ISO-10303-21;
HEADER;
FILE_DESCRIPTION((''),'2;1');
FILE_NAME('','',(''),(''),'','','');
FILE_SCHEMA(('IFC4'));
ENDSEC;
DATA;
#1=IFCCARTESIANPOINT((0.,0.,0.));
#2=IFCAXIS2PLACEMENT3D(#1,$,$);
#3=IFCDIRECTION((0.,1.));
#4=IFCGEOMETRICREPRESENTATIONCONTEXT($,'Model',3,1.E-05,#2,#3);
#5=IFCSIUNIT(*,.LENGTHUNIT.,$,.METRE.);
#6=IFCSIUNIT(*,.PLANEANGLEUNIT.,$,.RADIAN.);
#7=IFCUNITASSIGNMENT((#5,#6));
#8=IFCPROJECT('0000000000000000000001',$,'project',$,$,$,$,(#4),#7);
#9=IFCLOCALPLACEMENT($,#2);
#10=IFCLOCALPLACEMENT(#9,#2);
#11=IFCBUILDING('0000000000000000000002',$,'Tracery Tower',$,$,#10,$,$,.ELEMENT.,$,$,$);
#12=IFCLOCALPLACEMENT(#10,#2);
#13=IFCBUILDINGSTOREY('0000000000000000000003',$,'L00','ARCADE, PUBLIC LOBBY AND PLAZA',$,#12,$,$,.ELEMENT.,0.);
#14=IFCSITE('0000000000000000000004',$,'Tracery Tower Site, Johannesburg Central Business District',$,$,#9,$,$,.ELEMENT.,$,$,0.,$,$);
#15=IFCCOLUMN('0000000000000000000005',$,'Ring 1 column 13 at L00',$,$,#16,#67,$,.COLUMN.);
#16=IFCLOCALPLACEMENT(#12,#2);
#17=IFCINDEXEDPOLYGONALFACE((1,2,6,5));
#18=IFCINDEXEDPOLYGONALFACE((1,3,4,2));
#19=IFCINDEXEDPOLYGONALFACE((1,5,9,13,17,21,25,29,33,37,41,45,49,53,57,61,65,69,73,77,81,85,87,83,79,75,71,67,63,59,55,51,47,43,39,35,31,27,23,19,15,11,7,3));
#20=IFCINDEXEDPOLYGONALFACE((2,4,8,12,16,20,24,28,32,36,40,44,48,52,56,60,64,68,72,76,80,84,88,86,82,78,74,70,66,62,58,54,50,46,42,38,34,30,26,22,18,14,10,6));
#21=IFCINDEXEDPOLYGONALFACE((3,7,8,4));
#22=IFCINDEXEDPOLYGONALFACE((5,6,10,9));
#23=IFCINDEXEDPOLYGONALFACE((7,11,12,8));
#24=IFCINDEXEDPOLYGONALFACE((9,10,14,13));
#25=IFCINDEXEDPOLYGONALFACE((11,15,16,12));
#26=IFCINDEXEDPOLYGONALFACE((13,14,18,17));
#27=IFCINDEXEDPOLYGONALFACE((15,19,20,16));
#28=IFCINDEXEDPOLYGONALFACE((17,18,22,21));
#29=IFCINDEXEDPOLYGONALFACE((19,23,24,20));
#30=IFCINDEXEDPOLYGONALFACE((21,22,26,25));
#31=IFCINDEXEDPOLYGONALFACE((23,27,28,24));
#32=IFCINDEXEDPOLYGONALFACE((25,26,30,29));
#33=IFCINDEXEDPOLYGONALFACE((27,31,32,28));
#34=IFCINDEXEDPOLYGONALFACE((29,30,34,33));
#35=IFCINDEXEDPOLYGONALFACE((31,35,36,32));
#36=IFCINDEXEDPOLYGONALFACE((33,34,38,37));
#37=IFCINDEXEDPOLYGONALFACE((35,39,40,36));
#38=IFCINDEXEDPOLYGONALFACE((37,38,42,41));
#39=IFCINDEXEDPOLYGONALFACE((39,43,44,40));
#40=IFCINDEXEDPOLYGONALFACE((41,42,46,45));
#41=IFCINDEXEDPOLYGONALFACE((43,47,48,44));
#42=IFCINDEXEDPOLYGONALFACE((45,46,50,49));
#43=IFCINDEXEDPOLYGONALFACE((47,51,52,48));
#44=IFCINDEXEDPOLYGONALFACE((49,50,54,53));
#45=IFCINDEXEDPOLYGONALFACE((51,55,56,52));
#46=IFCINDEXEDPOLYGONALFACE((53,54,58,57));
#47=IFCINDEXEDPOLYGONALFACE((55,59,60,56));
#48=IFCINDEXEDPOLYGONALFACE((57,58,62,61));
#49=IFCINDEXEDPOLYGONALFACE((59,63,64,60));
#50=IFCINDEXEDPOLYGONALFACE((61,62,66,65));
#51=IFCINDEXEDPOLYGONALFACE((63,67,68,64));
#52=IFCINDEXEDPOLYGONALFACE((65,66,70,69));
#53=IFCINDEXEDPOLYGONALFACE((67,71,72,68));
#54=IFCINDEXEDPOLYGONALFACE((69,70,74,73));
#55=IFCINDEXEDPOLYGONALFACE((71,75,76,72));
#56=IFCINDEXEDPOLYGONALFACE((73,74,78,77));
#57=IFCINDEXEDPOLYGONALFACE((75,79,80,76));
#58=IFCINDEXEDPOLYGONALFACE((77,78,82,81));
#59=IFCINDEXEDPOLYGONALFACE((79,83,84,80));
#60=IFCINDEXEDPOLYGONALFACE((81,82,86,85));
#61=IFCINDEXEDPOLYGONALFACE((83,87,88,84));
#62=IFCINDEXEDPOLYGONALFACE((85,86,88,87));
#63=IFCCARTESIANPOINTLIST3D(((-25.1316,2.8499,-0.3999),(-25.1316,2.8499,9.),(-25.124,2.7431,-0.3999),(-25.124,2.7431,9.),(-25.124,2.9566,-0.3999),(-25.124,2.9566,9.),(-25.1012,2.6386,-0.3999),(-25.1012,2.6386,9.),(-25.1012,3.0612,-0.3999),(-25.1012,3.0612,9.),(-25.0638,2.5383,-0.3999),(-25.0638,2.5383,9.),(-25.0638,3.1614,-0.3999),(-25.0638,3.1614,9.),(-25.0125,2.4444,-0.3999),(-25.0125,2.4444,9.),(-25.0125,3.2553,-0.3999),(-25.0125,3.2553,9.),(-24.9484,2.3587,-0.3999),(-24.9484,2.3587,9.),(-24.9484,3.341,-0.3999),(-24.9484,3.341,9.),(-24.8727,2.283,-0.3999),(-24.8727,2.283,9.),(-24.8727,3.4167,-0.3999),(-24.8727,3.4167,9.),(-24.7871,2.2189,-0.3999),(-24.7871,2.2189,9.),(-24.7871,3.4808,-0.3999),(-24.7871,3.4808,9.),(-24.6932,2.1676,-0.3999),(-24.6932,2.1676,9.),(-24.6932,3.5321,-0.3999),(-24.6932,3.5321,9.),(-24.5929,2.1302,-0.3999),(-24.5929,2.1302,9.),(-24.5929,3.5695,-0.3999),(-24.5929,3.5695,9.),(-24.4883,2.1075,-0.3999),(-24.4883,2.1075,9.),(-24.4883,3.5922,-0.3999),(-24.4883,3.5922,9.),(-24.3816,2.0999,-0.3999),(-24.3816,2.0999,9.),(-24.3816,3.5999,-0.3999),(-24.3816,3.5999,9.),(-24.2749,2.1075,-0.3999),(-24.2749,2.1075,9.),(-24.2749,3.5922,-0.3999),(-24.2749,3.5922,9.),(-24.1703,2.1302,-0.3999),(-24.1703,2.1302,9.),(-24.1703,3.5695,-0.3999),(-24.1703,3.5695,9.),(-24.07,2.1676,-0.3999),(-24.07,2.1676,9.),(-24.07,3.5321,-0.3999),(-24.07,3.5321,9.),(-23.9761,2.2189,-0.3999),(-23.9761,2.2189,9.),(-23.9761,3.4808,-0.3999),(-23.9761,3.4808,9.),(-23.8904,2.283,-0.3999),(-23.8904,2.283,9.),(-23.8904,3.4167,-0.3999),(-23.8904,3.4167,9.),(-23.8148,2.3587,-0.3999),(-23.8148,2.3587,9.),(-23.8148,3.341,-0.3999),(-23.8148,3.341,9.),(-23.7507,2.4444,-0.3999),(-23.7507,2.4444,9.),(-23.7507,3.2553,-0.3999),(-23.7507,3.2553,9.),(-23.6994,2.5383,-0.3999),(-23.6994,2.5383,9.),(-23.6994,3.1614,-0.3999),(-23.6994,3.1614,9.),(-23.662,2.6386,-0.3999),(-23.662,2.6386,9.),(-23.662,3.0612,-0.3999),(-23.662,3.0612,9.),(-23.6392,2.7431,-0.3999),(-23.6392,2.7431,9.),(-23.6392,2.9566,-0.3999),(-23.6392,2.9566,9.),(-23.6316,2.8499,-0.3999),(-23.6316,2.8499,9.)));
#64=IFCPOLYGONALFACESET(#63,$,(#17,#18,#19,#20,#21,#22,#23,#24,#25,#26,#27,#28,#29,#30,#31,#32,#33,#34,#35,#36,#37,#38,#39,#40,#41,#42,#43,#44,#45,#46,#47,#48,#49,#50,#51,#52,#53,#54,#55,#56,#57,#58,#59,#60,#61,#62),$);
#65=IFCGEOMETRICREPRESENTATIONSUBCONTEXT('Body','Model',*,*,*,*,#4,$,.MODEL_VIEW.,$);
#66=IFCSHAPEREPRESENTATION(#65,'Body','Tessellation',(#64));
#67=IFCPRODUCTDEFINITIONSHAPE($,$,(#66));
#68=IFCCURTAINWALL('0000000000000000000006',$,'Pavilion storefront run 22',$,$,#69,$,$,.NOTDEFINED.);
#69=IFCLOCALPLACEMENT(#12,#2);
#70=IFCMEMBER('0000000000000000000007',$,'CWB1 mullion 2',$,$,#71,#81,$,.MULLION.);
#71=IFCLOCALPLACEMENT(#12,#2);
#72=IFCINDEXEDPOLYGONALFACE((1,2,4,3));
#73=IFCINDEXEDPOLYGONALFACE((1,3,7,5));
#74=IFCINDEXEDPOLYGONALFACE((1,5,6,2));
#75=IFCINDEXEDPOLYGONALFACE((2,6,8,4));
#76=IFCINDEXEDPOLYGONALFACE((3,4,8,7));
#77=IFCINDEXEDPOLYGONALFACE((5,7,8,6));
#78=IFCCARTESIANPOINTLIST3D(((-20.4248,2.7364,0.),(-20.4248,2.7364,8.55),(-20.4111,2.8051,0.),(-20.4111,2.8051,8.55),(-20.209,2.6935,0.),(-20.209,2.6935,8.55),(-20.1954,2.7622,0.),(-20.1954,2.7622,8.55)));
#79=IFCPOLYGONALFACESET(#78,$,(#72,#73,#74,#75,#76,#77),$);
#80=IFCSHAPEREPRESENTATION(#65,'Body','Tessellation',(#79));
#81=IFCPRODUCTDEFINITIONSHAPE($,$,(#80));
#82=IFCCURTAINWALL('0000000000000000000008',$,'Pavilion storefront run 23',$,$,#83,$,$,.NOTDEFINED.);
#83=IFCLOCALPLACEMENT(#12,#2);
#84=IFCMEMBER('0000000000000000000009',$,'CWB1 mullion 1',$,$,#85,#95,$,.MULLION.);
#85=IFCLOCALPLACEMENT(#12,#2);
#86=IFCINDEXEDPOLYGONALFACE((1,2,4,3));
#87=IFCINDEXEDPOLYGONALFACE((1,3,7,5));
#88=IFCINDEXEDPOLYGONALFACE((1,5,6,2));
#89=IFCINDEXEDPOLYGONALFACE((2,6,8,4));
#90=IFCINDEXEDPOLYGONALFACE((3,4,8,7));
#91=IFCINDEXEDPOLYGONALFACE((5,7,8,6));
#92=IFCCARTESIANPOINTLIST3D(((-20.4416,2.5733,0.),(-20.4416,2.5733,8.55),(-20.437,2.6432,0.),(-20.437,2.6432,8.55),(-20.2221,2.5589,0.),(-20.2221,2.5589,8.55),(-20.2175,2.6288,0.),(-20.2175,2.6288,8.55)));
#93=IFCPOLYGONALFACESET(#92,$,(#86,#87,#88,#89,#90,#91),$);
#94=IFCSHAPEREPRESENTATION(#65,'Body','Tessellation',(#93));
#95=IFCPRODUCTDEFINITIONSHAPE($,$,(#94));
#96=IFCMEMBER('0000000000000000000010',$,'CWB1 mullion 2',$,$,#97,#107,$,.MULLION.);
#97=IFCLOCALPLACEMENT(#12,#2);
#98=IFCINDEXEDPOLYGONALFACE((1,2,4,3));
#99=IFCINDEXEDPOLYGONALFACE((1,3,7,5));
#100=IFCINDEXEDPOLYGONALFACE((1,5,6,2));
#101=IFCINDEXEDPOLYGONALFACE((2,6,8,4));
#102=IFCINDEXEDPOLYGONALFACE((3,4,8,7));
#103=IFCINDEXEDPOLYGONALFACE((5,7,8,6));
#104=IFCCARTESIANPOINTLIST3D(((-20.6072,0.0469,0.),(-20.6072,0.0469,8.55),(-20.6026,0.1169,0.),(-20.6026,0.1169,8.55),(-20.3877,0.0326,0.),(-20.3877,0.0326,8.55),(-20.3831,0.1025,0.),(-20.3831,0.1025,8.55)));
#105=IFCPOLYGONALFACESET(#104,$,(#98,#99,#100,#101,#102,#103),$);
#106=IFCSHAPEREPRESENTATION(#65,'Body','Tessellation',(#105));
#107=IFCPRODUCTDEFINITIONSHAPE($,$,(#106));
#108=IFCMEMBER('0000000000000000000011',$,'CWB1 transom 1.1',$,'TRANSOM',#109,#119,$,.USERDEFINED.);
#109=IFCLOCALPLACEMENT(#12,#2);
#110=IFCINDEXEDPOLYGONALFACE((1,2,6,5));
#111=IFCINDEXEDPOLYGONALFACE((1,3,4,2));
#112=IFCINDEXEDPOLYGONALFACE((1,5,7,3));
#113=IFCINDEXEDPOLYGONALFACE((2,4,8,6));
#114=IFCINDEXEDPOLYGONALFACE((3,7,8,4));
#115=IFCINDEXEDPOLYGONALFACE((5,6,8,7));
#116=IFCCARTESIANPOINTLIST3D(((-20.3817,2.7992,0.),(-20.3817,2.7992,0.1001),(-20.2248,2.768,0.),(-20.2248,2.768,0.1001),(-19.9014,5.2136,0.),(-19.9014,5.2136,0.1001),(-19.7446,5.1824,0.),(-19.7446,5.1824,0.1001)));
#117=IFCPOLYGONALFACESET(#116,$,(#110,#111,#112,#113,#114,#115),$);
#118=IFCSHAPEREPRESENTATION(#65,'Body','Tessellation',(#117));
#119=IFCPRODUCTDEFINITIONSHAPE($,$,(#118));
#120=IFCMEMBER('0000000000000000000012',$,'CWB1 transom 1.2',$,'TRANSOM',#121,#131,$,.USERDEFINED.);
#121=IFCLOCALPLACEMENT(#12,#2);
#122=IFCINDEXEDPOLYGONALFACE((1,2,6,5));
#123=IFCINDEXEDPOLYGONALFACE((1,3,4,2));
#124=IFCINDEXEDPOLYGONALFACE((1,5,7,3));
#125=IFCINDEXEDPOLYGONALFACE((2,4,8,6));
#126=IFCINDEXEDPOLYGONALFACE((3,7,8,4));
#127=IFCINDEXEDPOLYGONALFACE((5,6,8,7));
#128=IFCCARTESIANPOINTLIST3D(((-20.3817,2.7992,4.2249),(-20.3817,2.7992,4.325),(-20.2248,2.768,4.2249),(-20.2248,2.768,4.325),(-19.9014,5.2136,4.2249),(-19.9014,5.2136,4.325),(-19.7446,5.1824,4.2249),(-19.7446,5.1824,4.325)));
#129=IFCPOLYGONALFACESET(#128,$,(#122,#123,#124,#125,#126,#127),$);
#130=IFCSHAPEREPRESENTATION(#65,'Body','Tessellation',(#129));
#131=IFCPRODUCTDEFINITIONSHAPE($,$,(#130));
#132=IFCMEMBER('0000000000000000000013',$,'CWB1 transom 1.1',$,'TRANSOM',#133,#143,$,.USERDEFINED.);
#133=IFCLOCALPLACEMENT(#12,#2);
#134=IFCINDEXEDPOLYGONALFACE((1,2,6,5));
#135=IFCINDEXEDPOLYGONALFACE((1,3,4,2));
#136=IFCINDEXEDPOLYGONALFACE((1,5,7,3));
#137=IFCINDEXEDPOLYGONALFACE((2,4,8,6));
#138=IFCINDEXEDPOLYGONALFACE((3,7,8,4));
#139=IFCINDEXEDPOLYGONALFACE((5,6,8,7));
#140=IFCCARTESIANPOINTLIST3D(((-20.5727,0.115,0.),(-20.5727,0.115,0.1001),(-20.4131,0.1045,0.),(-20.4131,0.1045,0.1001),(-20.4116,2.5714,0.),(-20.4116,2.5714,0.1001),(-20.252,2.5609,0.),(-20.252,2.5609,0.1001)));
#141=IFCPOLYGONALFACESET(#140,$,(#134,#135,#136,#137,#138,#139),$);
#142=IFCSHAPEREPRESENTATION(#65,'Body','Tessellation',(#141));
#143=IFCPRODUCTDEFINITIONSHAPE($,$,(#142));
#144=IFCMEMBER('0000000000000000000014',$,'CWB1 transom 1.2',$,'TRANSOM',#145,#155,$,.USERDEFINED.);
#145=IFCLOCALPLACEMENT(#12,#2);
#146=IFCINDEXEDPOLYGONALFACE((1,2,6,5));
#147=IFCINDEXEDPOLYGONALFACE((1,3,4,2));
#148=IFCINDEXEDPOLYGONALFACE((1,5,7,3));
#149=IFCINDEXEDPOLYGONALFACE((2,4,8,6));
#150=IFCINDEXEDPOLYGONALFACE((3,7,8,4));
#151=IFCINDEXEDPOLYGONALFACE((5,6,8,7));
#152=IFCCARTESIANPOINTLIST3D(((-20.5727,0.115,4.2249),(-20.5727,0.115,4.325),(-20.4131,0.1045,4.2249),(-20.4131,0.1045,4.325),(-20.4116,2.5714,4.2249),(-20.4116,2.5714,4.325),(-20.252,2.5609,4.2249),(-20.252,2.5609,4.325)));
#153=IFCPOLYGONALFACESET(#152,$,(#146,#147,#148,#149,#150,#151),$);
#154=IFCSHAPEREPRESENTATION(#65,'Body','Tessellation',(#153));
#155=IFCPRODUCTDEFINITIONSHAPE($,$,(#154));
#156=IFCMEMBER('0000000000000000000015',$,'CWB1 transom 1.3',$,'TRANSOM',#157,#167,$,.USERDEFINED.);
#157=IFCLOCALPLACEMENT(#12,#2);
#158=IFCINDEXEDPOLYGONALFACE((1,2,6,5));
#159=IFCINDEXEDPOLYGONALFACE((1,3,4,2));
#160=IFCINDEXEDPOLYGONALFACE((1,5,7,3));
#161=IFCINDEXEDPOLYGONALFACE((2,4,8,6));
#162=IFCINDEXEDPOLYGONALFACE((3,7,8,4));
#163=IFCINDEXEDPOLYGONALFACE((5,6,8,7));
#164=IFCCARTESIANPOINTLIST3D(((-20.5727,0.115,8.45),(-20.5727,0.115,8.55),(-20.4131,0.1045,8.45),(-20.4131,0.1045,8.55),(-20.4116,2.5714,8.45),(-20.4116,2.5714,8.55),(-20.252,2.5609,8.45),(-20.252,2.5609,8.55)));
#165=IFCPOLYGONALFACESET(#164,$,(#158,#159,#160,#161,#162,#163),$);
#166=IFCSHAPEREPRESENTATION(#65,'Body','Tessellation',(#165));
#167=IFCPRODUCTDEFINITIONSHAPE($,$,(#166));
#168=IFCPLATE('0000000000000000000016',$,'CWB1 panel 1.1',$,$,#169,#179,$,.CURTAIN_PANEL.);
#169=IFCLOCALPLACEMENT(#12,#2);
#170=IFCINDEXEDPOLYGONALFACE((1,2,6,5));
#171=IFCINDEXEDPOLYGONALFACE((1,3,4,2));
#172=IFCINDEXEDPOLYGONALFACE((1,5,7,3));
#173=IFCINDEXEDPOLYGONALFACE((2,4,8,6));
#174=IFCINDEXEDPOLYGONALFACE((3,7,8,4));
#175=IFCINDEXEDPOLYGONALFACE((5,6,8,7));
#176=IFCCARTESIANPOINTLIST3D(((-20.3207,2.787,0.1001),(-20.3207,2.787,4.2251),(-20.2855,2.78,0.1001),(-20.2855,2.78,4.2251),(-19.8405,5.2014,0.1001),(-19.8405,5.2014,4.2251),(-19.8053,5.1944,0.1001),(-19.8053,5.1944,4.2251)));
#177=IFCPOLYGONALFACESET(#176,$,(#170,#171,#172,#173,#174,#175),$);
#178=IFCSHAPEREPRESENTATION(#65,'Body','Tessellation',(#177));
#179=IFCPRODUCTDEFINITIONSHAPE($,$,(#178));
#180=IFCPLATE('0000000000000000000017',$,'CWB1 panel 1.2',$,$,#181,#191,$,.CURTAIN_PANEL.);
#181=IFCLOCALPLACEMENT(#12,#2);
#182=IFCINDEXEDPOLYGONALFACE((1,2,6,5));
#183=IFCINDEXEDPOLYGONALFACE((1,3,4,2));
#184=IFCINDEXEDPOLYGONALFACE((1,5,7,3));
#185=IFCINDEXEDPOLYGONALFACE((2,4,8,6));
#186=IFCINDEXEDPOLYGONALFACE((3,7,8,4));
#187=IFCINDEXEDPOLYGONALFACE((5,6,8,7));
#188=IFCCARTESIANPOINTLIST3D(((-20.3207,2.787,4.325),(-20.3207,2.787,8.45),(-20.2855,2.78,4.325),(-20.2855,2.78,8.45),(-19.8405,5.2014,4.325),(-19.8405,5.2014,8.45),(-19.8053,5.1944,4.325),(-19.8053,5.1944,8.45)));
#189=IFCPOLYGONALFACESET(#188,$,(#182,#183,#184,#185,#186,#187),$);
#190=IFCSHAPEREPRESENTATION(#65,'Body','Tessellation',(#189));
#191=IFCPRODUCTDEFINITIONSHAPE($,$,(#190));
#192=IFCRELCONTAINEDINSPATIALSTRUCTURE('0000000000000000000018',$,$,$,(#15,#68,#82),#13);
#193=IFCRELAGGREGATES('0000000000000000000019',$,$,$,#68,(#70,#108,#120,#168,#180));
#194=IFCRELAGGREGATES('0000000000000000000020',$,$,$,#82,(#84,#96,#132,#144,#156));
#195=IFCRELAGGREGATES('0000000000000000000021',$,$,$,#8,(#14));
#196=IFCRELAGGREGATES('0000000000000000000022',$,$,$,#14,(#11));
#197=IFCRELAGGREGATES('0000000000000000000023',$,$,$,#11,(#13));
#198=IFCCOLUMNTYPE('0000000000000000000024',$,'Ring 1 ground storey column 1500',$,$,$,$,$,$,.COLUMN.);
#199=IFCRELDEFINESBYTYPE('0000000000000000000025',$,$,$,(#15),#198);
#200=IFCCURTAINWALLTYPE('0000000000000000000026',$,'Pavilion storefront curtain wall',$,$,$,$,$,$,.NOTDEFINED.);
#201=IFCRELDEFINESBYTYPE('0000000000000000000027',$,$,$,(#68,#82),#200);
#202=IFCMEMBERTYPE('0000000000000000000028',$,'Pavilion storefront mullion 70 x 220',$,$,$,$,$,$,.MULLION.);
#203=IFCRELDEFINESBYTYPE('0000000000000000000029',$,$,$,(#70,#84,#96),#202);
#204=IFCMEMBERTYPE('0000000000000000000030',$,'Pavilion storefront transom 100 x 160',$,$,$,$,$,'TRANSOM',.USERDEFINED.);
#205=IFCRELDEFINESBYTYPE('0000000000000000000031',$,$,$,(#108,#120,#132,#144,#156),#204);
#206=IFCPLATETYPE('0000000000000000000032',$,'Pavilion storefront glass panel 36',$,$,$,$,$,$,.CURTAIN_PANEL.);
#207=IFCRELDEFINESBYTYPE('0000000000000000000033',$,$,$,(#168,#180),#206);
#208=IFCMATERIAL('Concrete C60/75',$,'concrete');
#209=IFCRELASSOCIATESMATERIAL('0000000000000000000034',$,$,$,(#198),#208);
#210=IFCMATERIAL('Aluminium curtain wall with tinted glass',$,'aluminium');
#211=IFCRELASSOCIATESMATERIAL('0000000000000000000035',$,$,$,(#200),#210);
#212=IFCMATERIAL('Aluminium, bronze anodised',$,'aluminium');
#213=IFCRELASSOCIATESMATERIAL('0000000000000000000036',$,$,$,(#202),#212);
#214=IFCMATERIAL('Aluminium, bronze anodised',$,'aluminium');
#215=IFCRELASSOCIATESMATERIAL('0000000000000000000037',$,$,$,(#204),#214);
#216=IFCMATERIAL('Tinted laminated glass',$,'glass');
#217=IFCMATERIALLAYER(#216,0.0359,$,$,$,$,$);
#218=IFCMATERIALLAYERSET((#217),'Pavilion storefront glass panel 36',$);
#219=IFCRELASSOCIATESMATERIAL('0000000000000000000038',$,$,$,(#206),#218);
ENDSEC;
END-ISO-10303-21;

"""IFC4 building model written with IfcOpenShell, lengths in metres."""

from ifc_helpers import new_model, si_unit, direction, frame, origin, origin_2d, place, context, subcontext, project, spatial, rectangle, circle, extrude, material, layer, layer_set, material_profile, profile_set, type_object, element, aggregate, save


model = new_model("IFC4")

# Units and contexts
model_context = context("Model", 3, precision=1e-05, world=origin(), true_north=direction((0.0, 1.0)))
body_context = subcontext(model_context, "Body", "Model", "MODEL_VIEW")
ifc_project = project(units=[si_unit("LENGTHUNIT", "METRE"), si_unit("PLANEANGLEUNIT", "RADIAN")], contexts=[model_context])

# Site, building, storey
site_placement = place(None, origin())
site = spatial("IfcSite", under=ifc_project, at=site_placement, Name="Tracery Tower Site, Johannesburg Central Business District", CompositionType="ELEMENT", RefElevation=0.0)
building_placement = place(site_placement, origin())
building = spatial("IfcBuilding", under=site, at=building_placement, Name="Tracery Tower", CompositionType="ELEMENT")
storey_placement = place(building_placement, origin())
storey = spatial("IfcBuildingStorey", under=building, at=storey_placement, Name="L00", Description="ARCADE, PUBLIC LOBBY AND PLAZA", CompositionType="ELEMENT", Elevation=0.0)

# Column
ifc_material_1 = material(Name="Concrete C60/75", Category="concrete")
ifc_material_profile_1 = material_profile(ifc_material_1, circle(Radius=0.75, at=origin_2d()), Name="RC D1500")
ifc_profile_set_1 = profile_set([ifc_material_profile_1], Name="Concrete C60/75")
column_type_1 = type_object("IfcColumnType", Name="Ring 1 ground storey column 1500", PredefinedType="COLUMN", material=ifc_profile_set_1)
for number, where, z_axis, x_axis, name in (
    (1, (-24.3816, 2.8499, -0.3999), (0.0, 0.0, 1.0), (1.0, 0.0, 0.0), "Ring 1 column 13 at L00"),
):
    element("IfcColumn", number, at=place(storey_placement, frame(where, z_axis=z_axis, x_axis=x_axis)), inside=storey, type_object=column_type_1, Name=name, PredefinedType="COLUMN", context=body_context, shape_type="SweptSolid", body=[
        extrude(circle(Radius=0.75, at=origin_2d()), origin(), (0.0, 0.0, 1.0), 9.3999),
    ])

# Curtain wall, member
ifc_material_2 = material(Name="Aluminium curtain wall with tinted glass", Category="aluminium")
curtain_wall_type = type_object("IfcCurtainWallType", Name="Pavilion storefront curtain wall", PredefinedType="NOTDEFINED", material=ifc_material_2)
curtain_wall_1_placement = place(storey_placement, origin())
curtain_wall_1 = element("IfcCurtainWall", 2, at=curtain_wall_1_placement, inside=storey, type_object=curtain_wall_type, Name="Pavilion storefront run 22", PredefinedType="NOTDEFINED")
ifc_material_3 = material(Name="Aluminium, bronze anodised", Category="aluminium")
ifc_material_profile_2 = material_profile(ifc_material_3, rectangle(XDim=0.22, YDim=0.0701, at=origin_2d()), Name="Pavilion storefront mullion 70 x 220")
ifc_profile_set_2 = profile_set([ifc_material_profile_2], Name="Aluminium, bronze anodised")
member_type_1 = type_object("IfcMemberType", Name="Pavilion storefront mullion 70 x 220", PredefinedType="MULLION", material=ifc_profile_set_2)
member_1_placement = place(storey_placement, frame((-20.3101, 2.7493, 0.0), z_axis=(0.0, 0.0, 1.0), x_axis=(0.980789, -0.195074, 0.0)))
member_1 = element("IfcMember", 3, at=member_1_placement, type_object=member_type_1, Name="CWB1 mullion 2", PredefinedType="MULLION", context=body_context, shape_type="SweptSolid", body=[
    extrude(rectangle(XDim=0.22, YDim=0.0701, at=origin_2d()), origin(), (0.0, 0.0, 1.0), 8.55),
])

# Curtain wall, members
curtain_wall_2_placement = place(storey_placement, origin())
curtain_wall_2 = element("IfcCurtainWall", 4, at=curtain_wall_2_placement, inside=storey, type_object=curtain_wall_type, Name="Pavilion storefront run 23", PredefinedType="NOTDEFINED")
member_2_placement = place(storey_placement, frame((-20.3296, 2.6011, 0.0), z_axis=(0.0, 0.0, 1.0), x_axis=(0.997858, -0.065422, 0.0)))
member_2 = element("IfcMember", 5, at=member_2_placement, type_object=member_type_1, Name="CWB1 mullion 1", PredefinedType="MULLION", context=body_context, shape_type="SweptSolid", body=[
    extrude(rectangle(XDim=0.22, YDim=0.0701, at=origin_2d()), origin(), (0.0, 0.0, 1.0), 8.55),
])
member_3_placement = place(storey_placement, frame((-20.4951, 0.0747, 0.0), z_axis=(0.0, 0.0, 1.0), x_axis=(0.997858, -0.065422, 0.0)))
member_3 = element("IfcMember", 6, at=member_3_placement, type_object=member_type_1, Name="CWB1 mullion 2", PredefinedType="MULLION", context=body_context, shape_type="SweptSolid", body=[
    extrude(rectangle(XDim=0.22, YDim=0.0701, at=origin_2d()), origin(), (0.0, 0.0, 1.0), 8.55),
])

# Members
ifc_material_4 = material(Name="Aluminium, bronze anodised", Category="aluminium")
ifc_material_profile_3 = material_profile(ifc_material_4, rectangle(XDim=0.1599, YDim=0.1001, at=origin_2d()), Name="Pavilion storefront transom 100 x 160")
ifc_profile_set_3 = profile_set([ifc_material_profile_3], Name="Aluminium, bronze anodised")
member_type_2 = type_object("IfcMemberType", Name="Pavilion storefront transom 100 x 160", ElementType="TRANSOM", PredefinedType="USERDEFINED", material=ifc_profile_set_3)
member_4_placement = place(storey_placement, frame((-19.823, 5.198, 0.05), z_axis=(-0.195086, -0.980786, 0.0), x_axis=(0.980786, -0.195086, 0.0)))
member_4 = element("IfcMember", 7, at=member_4_placement, type_object=member_type_2, Name="CWB1 transom 1.1", ObjectType="TRANSOM", PredefinedType="USERDEFINED", context=body_context, shape_type="SweptSolid", body=[
    extrude(rectangle(XDim=0.1599, YDim=0.1001, at=origin_2d()), origin(), (0.0, 0.0, 1.0), 2.4617),
])
member_5_placement = place(storey_placement, frame((-19.823, 5.198, 4.2749), z_axis=(-0.195086, -0.980786, 0.0), x_axis=(0.980786, -0.195086, 0.0)))
member_5 = element("IfcMember", 8, at=member_5_placement, type_object=member_type_2, Name="CWB1 transom 1.2", ObjectType="TRANSOM", PredefinedType="USERDEFINED", context=body_context, shape_type="SweptSolid", body=[
    extrude(rectangle(XDim=0.1599, YDim=0.1001, at=origin_2d()), origin(), (0.0, 0.0, 1.0), 2.4617),
])
member_6_placement = place(storey_placement, frame((-20.3318, 2.5662, 0.05), z_axis=(-0.065459, -0.997855, 0.0), x_axis=(0.997855, -0.065459, 0.0)))
member_6 = element("IfcMember", 9, at=member_6_placement, type_object=member_type_2, Name="CWB1 transom 1.1", ObjectType="TRANSOM", PredefinedType="USERDEFINED", context=body_context, shape_type="SweptSolid", body=[
    extrude(rectangle(XDim=0.1599, YDim=0.1001, at=origin_2d()), origin(), (0.0, 0.0, 1.0), 2.4617),
])
member_7_placement = place(storey_placement, frame((-20.3318, 2.5662, 4.2749), z_axis=(-0.065459, -0.997855, 0.0), x_axis=(0.997855, -0.065459, 0.0)))
member_7 = element("IfcMember", 10, at=member_7_placement, type_object=member_type_2, Name="CWB1 transom 1.2", ObjectType="TRANSOM", PredefinedType="USERDEFINED", context=body_context, shape_type="SweptSolid", body=[
    extrude(rectangle(XDim=0.1599, YDim=0.1001, at=origin_2d()), origin(), (0.0, 0.0, 1.0), 2.4617),
])
member_8_placement = place(storey_placement, frame((-20.3318, 2.5662, 8.5), z_axis=(-0.065459, -0.997855, 0.0), x_axis=(0.997855, -0.065459, 0.0)))
member_8 = element("IfcMember", 11, at=member_8_placement, type_object=member_type_2, Name="CWB1 transom 1.3", ObjectType="TRANSOM", PredefinedType="USERDEFINED", context=body_context, shape_type="SweptSolid", body=[
    extrude(rectangle(XDim=0.1599, YDim=0.1001, at=origin_2d()), origin(), (0.0, 0.0, 1.0), 2.4617),
])

# Plates
ifc_material_5 = material(Name="Tinted laminated glass", Category="glass")
ifc_layer = layer(ifc_material_5, 0.0359)
ifc_layer_set = layer_set([ifc_layer], Name="Pavilion storefront glass panel 36")
plate_type = type_object("IfcPlateType", Name="Pavilion storefront glass panel 36", PredefinedType="CURTAIN_PANEL", material=ifc_layer_set)
plate_1_placement = place(storey_placement, frame((-20.063, 3.9907, 0.1001), z_axis=(0.0, 0.0, 1.0), x_axis=(-0.195074, -0.980789, 0.0)))
plate_1 = element("IfcPlate", 12, at=plate_1_placement, type_object=plate_type, Name="CWB1 panel 1.1", PredefinedType="CURTAIN_PANEL", context=body_context, shape_type="SweptSolid", body=[
    extrude(rectangle(XDim=2.4617, YDim=0.0359, at=origin_2d()), origin(), (0.0, 0.0, 1.0), 4.125),
])
plate_2_placement = place(storey_placement, frame((-20.063, 3.9907, 4.325), z_axis=(0.0, 0.0, 1.0), x_axis=(-0.195074, -0.980789, 0.0)))
plate_2 = element("IfcPlate", 13, at=plate_2_placement, type_object=plate_type, Name="CWB1 panel 1.2", PredefinedType="CURTAIN_PANEL", context=body_context, shape_type="SweptSolid", body=[
    extrude(rectangle(XDim=2.4617, YDim=0.0359, at=origin_2d()), origin(), (0.0, 0.0, 1.0), 4.125),
])
aggregate(curtain_wall_1, [member_1, member_4, member_5, plate_1, plate_2])
aggregate(curtain_wall_2, [member_2, member_3, member_6, member_7, member_8])

save(model, "model.ifc")
